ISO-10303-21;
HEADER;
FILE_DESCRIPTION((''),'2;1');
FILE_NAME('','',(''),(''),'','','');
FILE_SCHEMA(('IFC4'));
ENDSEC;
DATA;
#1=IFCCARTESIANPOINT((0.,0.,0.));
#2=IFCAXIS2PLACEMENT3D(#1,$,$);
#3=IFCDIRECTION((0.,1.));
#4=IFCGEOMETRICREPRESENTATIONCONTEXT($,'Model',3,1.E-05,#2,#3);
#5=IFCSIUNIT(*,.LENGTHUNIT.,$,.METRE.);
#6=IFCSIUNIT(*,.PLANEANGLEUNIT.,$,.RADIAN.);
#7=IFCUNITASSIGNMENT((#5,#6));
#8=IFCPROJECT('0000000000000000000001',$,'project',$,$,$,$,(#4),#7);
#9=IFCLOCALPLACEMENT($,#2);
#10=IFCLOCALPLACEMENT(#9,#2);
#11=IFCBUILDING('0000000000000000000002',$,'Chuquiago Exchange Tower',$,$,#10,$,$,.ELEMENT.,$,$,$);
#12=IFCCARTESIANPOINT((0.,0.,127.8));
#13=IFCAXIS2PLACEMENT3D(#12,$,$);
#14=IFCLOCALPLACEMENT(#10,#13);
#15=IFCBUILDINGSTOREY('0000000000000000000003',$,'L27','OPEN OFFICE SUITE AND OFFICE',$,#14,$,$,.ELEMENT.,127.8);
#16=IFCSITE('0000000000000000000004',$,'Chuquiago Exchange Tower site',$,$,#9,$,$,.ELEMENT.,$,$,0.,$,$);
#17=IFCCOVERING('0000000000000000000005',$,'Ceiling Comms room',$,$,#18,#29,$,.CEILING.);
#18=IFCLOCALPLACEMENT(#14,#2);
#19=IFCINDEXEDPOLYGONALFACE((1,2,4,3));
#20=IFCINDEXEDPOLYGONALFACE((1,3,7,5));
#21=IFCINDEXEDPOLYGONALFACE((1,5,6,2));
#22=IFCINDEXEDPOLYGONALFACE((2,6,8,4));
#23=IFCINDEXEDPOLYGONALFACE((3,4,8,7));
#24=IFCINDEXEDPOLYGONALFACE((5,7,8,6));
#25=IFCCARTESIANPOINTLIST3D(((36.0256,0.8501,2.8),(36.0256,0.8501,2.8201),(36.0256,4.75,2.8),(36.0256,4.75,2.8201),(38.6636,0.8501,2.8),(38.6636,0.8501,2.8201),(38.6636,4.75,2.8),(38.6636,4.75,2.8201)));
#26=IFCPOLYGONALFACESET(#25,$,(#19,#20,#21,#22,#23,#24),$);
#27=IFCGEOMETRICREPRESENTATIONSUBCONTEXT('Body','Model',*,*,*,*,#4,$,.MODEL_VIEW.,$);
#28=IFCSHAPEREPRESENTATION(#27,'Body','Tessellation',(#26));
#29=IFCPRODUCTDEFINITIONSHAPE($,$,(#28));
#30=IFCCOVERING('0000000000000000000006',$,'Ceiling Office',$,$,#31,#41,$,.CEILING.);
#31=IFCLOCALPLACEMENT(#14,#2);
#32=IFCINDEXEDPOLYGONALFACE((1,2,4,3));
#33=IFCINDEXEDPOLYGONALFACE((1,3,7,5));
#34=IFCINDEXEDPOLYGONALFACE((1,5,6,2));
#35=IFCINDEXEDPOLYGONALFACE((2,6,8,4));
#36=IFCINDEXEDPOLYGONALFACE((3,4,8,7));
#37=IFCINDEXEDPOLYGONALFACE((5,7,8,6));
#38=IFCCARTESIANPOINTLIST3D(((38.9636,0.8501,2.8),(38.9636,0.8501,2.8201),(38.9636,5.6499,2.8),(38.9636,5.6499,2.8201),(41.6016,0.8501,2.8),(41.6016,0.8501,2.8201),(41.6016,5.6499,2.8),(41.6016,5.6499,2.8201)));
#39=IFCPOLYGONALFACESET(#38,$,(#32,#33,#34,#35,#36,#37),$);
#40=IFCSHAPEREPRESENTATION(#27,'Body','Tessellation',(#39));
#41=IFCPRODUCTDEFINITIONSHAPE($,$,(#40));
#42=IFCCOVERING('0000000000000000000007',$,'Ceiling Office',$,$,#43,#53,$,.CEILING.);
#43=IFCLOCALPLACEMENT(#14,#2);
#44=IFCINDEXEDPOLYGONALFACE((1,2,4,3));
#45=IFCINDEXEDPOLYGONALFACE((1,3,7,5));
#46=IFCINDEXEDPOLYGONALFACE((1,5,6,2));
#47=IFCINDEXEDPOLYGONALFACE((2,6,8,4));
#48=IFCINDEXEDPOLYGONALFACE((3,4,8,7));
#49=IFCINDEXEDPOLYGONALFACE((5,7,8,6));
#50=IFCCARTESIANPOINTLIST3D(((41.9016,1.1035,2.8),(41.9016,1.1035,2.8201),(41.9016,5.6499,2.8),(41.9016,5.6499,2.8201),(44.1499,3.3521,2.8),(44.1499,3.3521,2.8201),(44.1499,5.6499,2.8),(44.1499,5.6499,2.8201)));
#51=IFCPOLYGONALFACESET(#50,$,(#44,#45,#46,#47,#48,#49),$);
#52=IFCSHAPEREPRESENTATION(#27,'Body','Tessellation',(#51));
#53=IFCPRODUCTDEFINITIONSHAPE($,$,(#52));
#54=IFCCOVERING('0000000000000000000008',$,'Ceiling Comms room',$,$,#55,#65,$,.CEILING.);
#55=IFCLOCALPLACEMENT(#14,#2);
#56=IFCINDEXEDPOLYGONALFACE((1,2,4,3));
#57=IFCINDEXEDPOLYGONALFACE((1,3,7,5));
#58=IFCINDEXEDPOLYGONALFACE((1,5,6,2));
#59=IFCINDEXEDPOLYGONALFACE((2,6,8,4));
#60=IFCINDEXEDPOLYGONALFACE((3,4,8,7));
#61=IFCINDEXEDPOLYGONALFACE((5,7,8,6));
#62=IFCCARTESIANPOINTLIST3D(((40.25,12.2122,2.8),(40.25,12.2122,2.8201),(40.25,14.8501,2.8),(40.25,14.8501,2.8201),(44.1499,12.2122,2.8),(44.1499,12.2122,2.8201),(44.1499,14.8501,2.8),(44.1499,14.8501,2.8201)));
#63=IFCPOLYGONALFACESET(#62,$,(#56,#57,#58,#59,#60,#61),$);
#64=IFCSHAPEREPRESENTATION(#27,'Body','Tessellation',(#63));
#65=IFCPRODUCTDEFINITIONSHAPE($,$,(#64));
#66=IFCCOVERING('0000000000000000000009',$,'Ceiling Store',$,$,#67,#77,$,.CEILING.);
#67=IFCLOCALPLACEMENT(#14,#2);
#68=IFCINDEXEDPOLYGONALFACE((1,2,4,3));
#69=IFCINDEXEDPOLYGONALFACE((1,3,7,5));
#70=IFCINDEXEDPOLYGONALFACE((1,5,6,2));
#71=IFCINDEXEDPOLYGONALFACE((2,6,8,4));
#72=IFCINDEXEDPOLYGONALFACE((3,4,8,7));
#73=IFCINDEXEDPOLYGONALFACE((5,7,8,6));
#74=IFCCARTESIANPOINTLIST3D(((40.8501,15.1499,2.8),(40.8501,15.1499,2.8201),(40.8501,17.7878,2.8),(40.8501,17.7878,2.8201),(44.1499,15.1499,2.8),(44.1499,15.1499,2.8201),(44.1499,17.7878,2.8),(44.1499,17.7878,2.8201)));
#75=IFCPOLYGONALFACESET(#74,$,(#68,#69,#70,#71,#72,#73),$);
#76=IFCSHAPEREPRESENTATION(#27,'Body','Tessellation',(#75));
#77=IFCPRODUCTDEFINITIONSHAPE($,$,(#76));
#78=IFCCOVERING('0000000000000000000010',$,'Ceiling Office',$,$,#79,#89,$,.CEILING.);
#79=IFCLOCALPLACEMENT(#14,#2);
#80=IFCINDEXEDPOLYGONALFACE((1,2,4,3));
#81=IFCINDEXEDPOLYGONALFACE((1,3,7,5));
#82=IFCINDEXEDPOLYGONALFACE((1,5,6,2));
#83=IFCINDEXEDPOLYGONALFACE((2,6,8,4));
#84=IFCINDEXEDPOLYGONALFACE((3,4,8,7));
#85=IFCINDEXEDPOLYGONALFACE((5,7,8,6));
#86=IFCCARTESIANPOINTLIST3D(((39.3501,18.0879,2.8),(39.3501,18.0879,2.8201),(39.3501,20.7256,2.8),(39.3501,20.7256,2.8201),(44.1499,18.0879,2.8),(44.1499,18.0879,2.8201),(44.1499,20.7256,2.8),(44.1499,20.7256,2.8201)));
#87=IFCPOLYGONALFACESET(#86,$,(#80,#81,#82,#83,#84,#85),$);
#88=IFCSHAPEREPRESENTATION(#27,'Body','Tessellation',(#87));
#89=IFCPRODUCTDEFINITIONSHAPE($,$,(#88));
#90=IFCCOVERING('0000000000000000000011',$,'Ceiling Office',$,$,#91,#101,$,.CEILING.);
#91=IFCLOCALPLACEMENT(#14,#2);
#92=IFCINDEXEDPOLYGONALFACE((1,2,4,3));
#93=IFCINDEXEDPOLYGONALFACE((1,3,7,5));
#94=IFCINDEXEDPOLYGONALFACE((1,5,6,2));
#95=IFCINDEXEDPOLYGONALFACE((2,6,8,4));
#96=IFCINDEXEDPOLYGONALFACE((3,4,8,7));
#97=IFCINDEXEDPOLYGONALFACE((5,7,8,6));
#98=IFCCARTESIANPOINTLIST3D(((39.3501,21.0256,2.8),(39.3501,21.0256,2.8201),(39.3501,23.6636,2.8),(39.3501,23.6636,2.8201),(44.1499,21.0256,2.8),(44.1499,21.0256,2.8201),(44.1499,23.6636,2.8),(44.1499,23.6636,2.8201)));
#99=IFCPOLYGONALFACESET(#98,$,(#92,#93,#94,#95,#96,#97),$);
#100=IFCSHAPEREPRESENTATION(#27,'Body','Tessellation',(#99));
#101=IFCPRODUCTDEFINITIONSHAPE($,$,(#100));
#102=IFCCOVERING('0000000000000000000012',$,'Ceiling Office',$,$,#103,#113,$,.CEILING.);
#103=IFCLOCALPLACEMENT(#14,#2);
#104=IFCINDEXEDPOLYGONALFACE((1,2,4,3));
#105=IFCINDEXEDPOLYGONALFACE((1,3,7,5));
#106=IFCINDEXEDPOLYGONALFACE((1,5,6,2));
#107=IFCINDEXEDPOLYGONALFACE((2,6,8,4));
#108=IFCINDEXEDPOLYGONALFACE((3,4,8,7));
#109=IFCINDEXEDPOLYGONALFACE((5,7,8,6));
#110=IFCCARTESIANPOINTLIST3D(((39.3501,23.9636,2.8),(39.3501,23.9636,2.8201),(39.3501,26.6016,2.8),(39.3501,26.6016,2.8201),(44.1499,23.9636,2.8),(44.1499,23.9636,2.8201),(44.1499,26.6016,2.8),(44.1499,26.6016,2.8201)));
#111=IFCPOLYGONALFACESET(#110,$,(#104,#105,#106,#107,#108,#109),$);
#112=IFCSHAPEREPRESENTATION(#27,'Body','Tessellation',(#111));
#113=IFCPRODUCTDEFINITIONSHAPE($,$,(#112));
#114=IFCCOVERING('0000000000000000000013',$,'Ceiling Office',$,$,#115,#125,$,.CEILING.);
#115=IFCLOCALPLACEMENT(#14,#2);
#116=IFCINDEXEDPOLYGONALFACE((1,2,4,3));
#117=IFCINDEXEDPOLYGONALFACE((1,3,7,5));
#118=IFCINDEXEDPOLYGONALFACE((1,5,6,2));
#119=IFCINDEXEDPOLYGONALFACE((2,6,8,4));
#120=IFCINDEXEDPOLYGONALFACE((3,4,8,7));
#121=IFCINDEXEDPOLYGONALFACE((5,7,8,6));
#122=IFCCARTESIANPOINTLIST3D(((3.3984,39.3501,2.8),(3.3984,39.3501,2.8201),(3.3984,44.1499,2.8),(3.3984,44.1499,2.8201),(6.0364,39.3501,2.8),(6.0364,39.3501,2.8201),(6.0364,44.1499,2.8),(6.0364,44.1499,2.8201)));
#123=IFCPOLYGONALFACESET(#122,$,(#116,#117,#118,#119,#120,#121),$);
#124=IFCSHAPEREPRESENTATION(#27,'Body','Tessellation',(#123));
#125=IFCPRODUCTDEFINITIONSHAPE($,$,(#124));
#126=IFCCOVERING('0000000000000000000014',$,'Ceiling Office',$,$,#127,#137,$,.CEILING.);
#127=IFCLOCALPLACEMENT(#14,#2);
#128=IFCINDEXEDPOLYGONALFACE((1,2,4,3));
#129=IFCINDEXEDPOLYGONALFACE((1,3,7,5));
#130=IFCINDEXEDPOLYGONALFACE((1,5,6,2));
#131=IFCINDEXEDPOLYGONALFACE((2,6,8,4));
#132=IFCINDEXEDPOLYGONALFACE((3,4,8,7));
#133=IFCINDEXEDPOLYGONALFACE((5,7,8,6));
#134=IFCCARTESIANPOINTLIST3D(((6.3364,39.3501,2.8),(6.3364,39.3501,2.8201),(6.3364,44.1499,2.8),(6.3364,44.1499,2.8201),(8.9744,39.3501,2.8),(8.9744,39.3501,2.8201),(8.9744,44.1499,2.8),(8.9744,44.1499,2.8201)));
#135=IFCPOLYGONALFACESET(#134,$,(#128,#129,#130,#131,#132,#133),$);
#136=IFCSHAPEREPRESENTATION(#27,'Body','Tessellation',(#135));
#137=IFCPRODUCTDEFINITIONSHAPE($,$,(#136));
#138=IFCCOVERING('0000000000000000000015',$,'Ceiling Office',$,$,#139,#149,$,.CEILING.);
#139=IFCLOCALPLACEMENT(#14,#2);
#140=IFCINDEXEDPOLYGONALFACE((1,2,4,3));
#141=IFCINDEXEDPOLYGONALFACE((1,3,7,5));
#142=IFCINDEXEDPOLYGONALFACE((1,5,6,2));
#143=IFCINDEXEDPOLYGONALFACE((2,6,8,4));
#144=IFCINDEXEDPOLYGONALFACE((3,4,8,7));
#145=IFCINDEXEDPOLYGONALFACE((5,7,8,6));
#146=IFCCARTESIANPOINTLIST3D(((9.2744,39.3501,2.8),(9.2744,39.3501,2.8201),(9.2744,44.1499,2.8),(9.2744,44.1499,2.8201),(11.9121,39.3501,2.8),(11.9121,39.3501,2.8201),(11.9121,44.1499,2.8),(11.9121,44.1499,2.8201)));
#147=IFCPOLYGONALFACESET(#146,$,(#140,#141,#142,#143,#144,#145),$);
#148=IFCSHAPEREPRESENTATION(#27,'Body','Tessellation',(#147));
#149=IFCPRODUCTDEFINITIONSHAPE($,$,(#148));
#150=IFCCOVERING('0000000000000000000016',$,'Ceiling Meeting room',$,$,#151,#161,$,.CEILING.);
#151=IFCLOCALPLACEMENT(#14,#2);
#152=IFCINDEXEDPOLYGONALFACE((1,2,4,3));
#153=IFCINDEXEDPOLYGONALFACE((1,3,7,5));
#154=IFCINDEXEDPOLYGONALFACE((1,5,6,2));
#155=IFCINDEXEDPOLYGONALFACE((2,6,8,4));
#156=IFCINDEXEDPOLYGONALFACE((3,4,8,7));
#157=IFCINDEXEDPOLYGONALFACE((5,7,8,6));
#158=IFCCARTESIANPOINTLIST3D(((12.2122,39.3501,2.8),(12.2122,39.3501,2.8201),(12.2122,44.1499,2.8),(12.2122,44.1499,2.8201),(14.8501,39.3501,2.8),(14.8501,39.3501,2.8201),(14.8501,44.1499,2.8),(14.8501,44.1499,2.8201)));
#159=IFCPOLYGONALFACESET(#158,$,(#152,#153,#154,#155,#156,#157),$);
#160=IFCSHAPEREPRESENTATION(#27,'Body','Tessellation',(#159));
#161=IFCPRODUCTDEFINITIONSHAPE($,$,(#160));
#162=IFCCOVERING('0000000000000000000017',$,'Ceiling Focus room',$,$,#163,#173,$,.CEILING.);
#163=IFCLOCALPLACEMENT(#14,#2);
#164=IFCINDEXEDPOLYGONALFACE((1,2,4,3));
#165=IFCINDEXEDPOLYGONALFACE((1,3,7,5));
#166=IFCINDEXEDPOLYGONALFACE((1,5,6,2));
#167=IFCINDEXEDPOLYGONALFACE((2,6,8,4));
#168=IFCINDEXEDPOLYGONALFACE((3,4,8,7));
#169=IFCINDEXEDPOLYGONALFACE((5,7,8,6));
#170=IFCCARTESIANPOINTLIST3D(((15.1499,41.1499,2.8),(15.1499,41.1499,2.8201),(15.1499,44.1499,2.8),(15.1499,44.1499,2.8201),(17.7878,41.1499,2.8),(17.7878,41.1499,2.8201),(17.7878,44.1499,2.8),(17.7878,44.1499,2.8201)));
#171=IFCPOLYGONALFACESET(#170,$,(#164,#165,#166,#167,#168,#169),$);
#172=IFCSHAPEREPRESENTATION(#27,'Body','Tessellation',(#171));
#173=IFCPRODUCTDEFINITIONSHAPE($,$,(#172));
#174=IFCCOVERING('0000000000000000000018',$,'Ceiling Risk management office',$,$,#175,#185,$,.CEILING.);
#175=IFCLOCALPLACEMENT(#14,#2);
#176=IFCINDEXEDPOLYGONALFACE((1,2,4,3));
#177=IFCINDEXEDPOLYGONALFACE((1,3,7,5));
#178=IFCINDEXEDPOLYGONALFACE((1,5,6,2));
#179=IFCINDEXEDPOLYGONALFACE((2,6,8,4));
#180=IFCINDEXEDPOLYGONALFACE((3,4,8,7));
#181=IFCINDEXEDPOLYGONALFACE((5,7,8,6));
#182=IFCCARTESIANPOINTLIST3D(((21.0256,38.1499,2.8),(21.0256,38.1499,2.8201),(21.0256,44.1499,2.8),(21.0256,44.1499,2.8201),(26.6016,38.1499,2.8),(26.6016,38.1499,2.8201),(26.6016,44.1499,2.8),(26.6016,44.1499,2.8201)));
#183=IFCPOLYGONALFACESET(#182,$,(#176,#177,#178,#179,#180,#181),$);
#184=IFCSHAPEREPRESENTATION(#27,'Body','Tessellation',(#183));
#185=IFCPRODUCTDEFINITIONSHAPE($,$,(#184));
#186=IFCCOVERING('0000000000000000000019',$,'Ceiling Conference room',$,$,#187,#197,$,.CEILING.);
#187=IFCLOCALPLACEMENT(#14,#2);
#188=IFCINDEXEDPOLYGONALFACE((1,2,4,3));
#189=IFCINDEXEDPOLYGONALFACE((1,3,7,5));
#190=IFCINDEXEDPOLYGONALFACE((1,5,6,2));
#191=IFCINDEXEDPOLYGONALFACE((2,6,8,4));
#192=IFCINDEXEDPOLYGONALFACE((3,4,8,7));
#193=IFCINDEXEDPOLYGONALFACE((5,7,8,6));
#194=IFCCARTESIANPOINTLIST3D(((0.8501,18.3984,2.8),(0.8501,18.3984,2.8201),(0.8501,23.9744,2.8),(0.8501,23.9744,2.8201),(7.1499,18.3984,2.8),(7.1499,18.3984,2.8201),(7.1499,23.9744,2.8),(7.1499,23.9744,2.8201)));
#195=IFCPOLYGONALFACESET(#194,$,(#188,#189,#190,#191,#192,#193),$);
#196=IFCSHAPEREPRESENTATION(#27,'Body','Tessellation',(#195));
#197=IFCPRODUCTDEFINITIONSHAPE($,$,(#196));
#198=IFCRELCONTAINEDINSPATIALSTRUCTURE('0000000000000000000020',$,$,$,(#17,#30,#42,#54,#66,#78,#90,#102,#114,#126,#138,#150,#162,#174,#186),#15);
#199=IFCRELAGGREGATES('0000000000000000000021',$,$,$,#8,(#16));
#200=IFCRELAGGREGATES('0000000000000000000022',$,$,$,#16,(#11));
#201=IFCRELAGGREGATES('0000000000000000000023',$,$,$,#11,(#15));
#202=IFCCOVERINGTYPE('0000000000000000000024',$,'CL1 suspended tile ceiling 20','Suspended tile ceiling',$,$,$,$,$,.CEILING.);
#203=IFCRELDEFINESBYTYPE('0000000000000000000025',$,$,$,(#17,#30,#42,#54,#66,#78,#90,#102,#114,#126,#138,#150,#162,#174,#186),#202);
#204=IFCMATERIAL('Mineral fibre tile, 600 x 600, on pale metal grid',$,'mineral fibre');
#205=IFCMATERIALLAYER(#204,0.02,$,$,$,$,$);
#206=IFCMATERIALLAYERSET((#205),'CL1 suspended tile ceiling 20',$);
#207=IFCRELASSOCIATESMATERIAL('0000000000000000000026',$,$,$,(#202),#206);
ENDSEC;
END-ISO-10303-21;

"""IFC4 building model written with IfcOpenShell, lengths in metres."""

from ifc_helpers import new_model, si_unit, direction, frame, origin, place, context, subcontext, project, spatial, polyline, outline, extrude, material, layer, layer_set, type_object, element, save


model = new_model("IFC4")

# Units and contexts
model_context = context("Model", 3, precision=1e-05, world=origin(), true_north=direction((0.0, 1.0)))
body_context = subcontext(model_context, "Body", "Model", "MODEL_VIEW")
ifc_project = project(units=[si_unit("LENGTHUNIT", "METRE"), si_unit("PLANEANGLEUNIT", "RADIAN")], contexts=[model_context])

# Site, building, storey
site_placement = place(None, origin())
site = spatial("IfcSite", under=ifc_project, at=site_placement, Name="Chuquiago Exchange Tower site", CompositionType="ELEMENT", RefElevation=0.0)
building_placement = place(site_placement, origin())
building = spatial("IfcBuilding", under=site, at=building_placement, Name="Chuquiago Exchange Tower", CompositionType="ELEMENT")
storey_placement = place(building_placement, frame((0.0, 0.0, 127.8)))
storey = spatial("IfcBuildingStorey", under=building, at=storey_placement, Name="L27", Description="OPEN OFFICE SUITE AND OFFICE", CompositionType="ELEMENT", Elevation=127.8)

# Coverings
ifc_material_1 = material(Name="Mineral fibre tile, 600 x 600, on pale metal grid", Category="mineral fibre")
ifc_layer_1 = layer(ifc_material_1, 0.02)
ifc_layer_set_1 = layer_set([ifc_layer_1], Name="CL1 suspended tile ceiling 20")
covering_type_1 = type_object("IfcCoveringType", Name="CL1 suspended tile ceiling 20", Description="Suspended tile ceiling", PredefinedType="CEILING", material=ifc_layer_set_1)
covering_1_placement = place(storey_placement, frame((0.0, 0.0, 2.8)))
element("IfcCovering", 1, at=covering_1_placement, inside=storey, type_object=covering_type_1, Name="Ceiling Comms room", PredefinedType="CEILING", context=body_context, shape_type="SweptSolid", body=[
    extrude(outline(polyline([(36.0256, 4.75), (38.6636, 4.75), (38.6636, 0.8501), (36.0256, 0.8501), (36.0256, 4.75)])), origin(), (0.0, 0.0, 1.0), 0.02),
])
covering_2_placement = place(storey_placement, frame((0.0, 0.0, 2.8)))
element("IfcCovering", 2, at=covering_2_placement, inside=storey, type_object=covering_type_1, Name="Ceiling Office", PredefinedType="CEILING", context=body_context, shape_type="SweptSolid", body=[
    extrude(outline(polyline([(38.9636, 0.8501), (38.9636, 5.6499), (41.6016, 5.6499), (41.6016, 0.8501), (38.9636, 0.8501)])), origin(), (0.0, 0.0, 1.0), 0.02),
])
covering_3_placement = place(storey_placement, frame((0.0, 0.0, 2.8)))
element("IfcCovering", 3, at=covering_3_placement, inside=storey, type_object=covering_type_1, Name="Ceiling Office", PredefinedType="CEILING", context=body_context, shape_type="SweptSolid", body=[
    extrude(outline(polyline([(41.9016, 1.1035), (41.9016, 5.6499), (44.1499, 5.6499), (44.1499, 3.3521), (41.9016, 1.1035)])), origin(), (0.0, 0.0, 1.0), 0.02),
])
covering_4_placement = place(storey_placement, frame((0.0, 0.0, 2.8)))
element("IfcCovering", 4, at=covering_4_placement, inside=storey, type_object=covering_type_1, Name="Ceiling Comms room", PredefinedType="CEILING", context=body_context, shape_type="SweptSolid", body=[
    extrude(outline(polyline([(40.25, 12.2122), (40.25, 14.8501), (44.1499, 14.8501), (44.1499, 12.2122), (40.25, 12.2122)])), origin(), (0.0, 0.0, 1.0), 0.02),
])
covering_5_placement = place(storey_placement, frame((0.0, 0.0, 2.8)))
element("IfcCovering", 5, at=covering_5_placement, inside=storey, type_object=covering_type_1, Name="Ceiling Store", PredefinedType="CEILING", context=body_context, shape_type="SweptSolid", body=[
    extrude(outline(polyline([(40.8501, 15.1499), (40.8501, 17.7878), (44.1499, 17.7878), (44.1499, 15.1499), (40.8501, 15.1499)])), origin(), (0.0, 0.0, 1.0), 0.02),
])
covering_6_placement = place(storey_placement, frame((0.0, 0.0, 2.8)))
element("IfcCovering", 6, at=covering_6_placement, inside=storey, type_object=covering_type_1, Name="Ceiling Office", PredefinedType="CEILING", context=body_context, shape_type="SweptSolid", body=[
    extrude(outline(polyline([(39.3501, 18.0879), (39.3501, 20.7256), (44.1499, 20.7256), (44.1499, 18.0879), (39.3501, 18.0879)])), origin(), (0.0, 0.0, 1.0), 0.02),
])
covering_7_placement = place(storey_placement, frame((0.0, 0.0, 2.8)))
element("IfcCovering", 7, at=covering_7_placement, inside=storey, type_object=covering_type_1, Name="Ceiling Office", PredefinedType="CEILING", context=body_context, shape_type="SweptSolid", body=[
    extrude(outline(polyline([(39.3501, 21.0256), (39.3501, 23.6636), (44.1499, 23.6636), (44.1499, 21.0256), (39.3501, 21.0256)])), origin(), (0.0, 0.0, 1.0), 0.02),
])
covering_8_placement = place(storey_placement, frame((0.0, 0.0, 2.8)))
element("IfcCovering", 8, at=covering_8_placement, inside=storey, type_object=covering_type_1, Name="Ceiling Office", PredefinedType="CEILING", context=body_context, shape_type="SweptSolid", body=[
    extrude(outline(polyline([(44.1499, 23.9636), (39.3501, 23.9636), (39.3501, 26.6016), (44.1499, 26.6016), (44.1499, 23.9636)])), origin(), (0.0, 0.0, 1.0), 0.02),
])
covering_9_placement = place(storey_placement, frame((0.0, 0.0, 2.8)))
element("IfcCovering", 9, at=covering_9_placement, inside=storey, type_object=covering_type_1, Name="Ceiling Office", PredefinedType="CEILING", context=body_context, shape_type="SweptSolid", body=[
    extrude(outline(polyline([(6.0364, 44.1499), (6.0364, 39.3501), (3.3984, 39.3501), (3.3984, 44.1499), (6.0364, 44.1499)])), origin(), (0.0, 0.0, 1.0), 0.02),
])
covering_10_placement = place(storey_placement, frame((0.0, 0.0, 2.8)))
element("IfcCovering", 10, at=covering_10_placement, inside=storey, type_object=covering_type_1, Name="Ceiling Office", PredefinedType="CEILING", context=body_context, shape_type="SweptSolid", body=[
    extrude(outline(polyline([(8.9744, 39.3501), (6.3364, 39.3501), (6.3364, 44.1499), (8.9744, 44.1499), (8.9744, 39.3501)])), origin(), (0.0, 0.0, 1.0), 0.02),
])
covering_11_placement = place(storey_placement, frame((0.0, 0.0, 2.8)))
element("IfcCovering", 11, at=covering_11_placement, inside=storey, type_object=covering_type_1, Name="Ceiling Office", PredefinedType="CEILING", context=body_context, shape_type="SweptSolid", body=[
    extrude(outline(polyline([(11.9121, 39.3501), (9.2744, 39.3501), (9.2744, 44.1499), (11.9121, 44.1499), (11.9121, 39.3501)])), origin(), (0.0, 0.0, 1.0), 0.02),
])
covering_12_placement = place(storey_placement, frame((0.0, 0.0, 2.8)))
element("IfcCovering", 12, at=covering_12_placement, inside=storey, type_object=covering_type_1, Name="Ceiling Meeting room", PredefinedType="CEILING", context=body_context, shape_type="SweptSolid", body=[
    extrude(outline(polyline([(14.8501, 39.3501), (12.2122, 39.3501), (12.2122, 44.1499), (14.8501, 44.1499), (14.8501, 39.3501)])), origin(), (0.0, 0.0, 1.0), 0.02),
])
covering_13_placement = place(storey_placement, frame((0.0, 0.0, 2.8)))
element("IfcCovering", 13, at=covering_13_placement, inside=storey, type_object=covering_type_1, Name="Ceiling Focus room", PredefinedType="CEILING", context=body_context, shape_type="SweptSolid", body=[
    extrude(outline(polyline([(17.7878, 41.1499), (15.1499, 41.1499), (15.1499, 44.1499), (17.7878, 44.1499), (17.7878, 41.1499)])), origin(), (0.0, 0.0, 1.0), 0.02),
])
covering_14_placement = place(storey_placement, frame((0.0, 0.0, 2.8)))
element("IfcCovering", 14, at=covering_14_placement, inside=storey, type_object=covering_type_1, Name="Ceiling Risk management office", PredefinedType="CEILING", context=body_context, shape_type="SweptSolid", body=[
    extrude(outline(polyline([(26.6016, 38.1499), (21.0256, 38.1499), (21.0256, 44.1499), (26.6016, 44.1499), (26.6016, 38.1499)])), origin(), (0.0, 0.0, 1.0), 0.02),
])
covering_15_placement = place(storey_placement, frame((0.0, 0.0, 2.8)))
element("IfcCovering", 15, at=covering_15_placement, inside=storey, type_object=covering_type_1, Name="Ceiling Conference room", PredefinedType="CEILING", context=body_context, shape_type="SweptSolid", body=[
    extrude(outline(polyline([(0.8501, 23.9744), (7.1499, 23.9744), (7.1499, 18.3984), (0.8501, 18.3984), (0.8501, 23.9744)])), origin(), (0.0, 0.0, 1.0), 0.02),
])

save(model, "model.ifc")
